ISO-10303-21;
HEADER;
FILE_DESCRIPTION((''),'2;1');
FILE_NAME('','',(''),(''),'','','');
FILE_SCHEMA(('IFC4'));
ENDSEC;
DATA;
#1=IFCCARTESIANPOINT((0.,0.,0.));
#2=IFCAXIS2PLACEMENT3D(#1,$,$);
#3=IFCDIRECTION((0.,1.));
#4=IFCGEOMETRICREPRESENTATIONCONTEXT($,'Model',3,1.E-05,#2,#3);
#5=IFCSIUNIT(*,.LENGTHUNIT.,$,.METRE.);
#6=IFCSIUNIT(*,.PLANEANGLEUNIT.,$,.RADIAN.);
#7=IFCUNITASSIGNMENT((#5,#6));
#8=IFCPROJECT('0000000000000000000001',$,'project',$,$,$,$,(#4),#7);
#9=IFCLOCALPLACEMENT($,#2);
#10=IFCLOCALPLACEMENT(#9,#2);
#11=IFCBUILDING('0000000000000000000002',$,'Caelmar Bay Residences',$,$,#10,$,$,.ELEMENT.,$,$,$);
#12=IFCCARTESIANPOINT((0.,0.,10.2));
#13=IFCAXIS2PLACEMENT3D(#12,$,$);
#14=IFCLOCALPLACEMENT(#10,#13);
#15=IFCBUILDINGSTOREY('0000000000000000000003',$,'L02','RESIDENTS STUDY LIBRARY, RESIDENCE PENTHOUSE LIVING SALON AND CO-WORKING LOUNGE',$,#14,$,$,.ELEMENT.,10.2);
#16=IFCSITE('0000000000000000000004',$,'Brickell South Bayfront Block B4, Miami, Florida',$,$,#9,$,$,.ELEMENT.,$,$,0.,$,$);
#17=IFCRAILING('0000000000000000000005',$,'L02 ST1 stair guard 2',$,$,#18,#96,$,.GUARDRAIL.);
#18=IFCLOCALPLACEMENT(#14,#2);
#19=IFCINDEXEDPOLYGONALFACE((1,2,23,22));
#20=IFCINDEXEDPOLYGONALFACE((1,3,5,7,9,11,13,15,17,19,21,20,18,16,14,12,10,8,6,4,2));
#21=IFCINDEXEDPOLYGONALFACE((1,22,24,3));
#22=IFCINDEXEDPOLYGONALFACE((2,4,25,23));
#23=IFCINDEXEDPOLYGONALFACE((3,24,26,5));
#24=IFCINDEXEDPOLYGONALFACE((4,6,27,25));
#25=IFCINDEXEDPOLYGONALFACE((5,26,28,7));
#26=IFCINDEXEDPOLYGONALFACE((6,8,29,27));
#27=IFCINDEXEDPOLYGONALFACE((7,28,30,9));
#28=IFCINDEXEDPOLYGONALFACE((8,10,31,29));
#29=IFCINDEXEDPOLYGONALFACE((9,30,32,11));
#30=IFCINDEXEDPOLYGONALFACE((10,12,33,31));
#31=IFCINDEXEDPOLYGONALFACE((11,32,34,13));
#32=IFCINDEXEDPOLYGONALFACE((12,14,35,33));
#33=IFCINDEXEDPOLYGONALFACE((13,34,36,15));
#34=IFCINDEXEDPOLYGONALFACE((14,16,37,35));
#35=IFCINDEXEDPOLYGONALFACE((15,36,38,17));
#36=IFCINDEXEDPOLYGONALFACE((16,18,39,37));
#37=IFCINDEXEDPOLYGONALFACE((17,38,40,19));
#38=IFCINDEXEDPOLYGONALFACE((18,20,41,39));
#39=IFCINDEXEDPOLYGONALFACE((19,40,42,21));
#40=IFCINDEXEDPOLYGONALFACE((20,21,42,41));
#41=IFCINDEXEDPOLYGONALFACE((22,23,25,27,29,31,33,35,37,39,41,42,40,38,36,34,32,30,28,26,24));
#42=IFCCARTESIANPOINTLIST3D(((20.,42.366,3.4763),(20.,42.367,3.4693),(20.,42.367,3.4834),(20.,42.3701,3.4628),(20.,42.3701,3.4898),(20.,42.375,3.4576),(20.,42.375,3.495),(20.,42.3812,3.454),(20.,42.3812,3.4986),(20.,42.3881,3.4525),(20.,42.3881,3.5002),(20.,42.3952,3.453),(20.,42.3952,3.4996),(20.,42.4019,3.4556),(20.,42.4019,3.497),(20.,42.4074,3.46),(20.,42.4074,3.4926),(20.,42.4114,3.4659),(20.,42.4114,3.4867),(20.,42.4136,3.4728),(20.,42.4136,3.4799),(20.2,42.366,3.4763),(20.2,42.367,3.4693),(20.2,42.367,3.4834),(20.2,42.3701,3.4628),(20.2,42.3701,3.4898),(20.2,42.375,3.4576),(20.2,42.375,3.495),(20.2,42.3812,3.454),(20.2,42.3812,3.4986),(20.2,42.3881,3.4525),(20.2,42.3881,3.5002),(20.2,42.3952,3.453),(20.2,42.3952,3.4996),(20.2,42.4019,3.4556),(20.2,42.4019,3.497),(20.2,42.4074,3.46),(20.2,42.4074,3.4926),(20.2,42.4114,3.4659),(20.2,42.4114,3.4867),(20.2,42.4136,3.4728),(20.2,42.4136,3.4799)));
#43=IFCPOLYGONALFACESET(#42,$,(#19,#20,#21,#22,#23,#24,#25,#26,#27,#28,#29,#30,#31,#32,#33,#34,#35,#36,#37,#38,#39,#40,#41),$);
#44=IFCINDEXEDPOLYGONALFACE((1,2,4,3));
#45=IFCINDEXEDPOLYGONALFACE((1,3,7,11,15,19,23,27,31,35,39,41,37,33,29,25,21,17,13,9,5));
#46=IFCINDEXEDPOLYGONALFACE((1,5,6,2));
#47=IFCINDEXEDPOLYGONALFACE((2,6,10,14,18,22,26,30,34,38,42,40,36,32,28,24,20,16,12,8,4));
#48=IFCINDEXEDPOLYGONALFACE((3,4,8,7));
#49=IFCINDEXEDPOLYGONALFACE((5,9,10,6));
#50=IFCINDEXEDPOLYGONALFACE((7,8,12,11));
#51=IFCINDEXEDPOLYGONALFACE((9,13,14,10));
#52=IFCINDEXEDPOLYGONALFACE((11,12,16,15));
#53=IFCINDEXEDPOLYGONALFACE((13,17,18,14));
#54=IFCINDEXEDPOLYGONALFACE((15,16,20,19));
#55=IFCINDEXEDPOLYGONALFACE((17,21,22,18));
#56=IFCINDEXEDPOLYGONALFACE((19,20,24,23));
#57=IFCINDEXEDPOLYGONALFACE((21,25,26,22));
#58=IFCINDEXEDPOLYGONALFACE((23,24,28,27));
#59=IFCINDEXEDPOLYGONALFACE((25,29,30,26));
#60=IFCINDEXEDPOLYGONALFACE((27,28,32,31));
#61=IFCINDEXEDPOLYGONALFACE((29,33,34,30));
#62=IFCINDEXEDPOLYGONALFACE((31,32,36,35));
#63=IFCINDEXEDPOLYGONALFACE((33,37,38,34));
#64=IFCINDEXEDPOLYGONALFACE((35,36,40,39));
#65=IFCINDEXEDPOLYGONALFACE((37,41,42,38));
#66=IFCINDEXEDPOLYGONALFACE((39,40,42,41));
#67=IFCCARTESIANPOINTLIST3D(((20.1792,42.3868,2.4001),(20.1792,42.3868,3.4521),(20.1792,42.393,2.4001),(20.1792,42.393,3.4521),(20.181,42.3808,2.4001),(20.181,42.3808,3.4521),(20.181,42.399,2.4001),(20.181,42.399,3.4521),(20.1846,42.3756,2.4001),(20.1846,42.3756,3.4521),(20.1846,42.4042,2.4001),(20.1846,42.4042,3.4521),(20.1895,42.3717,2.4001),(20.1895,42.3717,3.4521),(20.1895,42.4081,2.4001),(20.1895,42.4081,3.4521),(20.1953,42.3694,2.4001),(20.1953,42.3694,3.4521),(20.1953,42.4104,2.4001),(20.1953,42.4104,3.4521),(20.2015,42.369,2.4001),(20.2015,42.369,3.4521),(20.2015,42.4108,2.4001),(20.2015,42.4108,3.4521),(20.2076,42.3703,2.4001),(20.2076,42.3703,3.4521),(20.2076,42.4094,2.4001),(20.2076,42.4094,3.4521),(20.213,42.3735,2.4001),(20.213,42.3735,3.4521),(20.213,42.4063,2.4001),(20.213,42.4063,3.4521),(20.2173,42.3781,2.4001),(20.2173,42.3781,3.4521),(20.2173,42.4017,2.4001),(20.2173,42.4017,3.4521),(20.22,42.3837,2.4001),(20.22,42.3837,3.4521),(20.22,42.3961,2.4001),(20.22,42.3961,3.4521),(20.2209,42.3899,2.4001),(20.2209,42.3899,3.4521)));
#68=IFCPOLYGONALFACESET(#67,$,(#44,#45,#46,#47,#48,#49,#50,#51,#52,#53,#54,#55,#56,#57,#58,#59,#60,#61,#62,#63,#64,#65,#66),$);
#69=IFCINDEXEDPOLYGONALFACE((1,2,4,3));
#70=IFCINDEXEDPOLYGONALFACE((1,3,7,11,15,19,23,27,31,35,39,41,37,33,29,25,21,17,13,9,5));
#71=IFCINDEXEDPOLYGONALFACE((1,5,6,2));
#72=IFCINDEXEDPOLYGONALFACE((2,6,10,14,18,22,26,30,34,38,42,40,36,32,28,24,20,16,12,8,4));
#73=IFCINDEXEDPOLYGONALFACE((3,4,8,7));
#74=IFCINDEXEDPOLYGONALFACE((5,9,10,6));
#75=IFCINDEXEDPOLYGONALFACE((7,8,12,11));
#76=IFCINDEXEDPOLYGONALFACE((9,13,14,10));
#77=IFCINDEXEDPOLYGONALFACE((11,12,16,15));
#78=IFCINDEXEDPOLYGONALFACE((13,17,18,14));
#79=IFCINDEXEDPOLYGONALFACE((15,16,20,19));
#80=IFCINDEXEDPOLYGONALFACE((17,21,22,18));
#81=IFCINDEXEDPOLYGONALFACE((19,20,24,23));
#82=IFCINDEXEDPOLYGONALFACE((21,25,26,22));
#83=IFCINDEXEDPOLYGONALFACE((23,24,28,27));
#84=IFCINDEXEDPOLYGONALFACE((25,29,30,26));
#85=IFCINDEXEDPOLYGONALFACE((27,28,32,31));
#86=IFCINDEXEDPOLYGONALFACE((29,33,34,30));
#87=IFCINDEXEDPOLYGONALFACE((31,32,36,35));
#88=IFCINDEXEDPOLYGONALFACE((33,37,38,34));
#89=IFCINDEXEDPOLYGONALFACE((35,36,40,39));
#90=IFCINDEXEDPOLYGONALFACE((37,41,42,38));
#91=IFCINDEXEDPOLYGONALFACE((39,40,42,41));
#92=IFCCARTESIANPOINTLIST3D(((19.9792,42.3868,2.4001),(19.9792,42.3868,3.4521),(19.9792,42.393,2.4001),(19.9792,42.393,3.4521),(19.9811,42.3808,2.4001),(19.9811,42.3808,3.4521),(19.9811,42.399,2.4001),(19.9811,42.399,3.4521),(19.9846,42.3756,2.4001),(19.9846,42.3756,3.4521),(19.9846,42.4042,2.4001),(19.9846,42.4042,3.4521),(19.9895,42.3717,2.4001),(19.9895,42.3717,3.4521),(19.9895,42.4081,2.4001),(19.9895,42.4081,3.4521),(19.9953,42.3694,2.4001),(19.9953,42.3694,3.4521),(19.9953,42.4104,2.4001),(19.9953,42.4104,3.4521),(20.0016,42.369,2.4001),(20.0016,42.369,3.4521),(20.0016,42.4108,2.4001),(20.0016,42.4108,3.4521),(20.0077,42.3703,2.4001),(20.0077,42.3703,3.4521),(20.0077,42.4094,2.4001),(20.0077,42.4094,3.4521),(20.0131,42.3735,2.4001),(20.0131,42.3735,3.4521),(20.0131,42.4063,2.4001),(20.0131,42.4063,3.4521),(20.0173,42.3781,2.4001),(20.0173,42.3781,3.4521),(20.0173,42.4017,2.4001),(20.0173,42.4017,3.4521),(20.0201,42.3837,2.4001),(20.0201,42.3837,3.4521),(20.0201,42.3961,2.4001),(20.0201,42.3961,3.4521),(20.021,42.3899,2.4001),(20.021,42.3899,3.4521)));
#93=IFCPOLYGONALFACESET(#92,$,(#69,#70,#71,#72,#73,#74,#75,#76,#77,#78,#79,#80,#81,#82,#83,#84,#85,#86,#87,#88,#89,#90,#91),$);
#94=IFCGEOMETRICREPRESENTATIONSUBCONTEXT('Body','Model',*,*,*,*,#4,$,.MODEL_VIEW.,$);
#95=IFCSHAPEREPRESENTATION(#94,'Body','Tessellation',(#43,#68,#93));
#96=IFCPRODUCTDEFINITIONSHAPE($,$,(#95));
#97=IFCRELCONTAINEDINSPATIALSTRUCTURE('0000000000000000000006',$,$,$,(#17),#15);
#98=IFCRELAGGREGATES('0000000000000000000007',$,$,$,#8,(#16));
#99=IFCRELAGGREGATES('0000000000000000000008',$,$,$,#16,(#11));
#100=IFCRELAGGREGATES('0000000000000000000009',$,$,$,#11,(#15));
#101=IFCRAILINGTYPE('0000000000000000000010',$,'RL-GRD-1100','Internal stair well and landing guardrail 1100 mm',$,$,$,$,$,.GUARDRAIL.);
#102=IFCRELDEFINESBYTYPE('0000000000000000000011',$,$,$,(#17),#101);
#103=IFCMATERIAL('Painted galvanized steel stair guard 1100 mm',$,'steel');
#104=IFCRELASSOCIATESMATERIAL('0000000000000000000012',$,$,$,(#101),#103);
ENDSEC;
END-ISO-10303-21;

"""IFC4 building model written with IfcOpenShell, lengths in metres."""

from ifc_helpers import new_model, si_unit, direction, frame, origin, origin_2d, place, context, subcontext, project, spatial, circle, extrude, material, type_object, element, save


model = new_model("IFC4")

# Units and contexts
model_context = context("Model", 3, precision=1e-05, world=origin(), true_north=direction((0.0, 1.0)))
body_context = subcontext(model_context, "Body", "Model", "MODEL_VIEW")
ifc_project = project(units=[si_unit("LENGTHUNIT", "METRE"), si_unit("PLANEANGLEUNIT", "RADIAN")], contexts=[model_context])

# Site, building, storey
site_placement = place(None, origin())
site = spatial("IfcSite", under=ifc_project, at=site_placement, Name="Brickell South Bayfront Block B4, Miami, Florida", CompositionType="ELEMENT", RefElevation=0.0)
building_placement = place(site_placement, origin())
building = spatial("IfcBuilding", under=site, at=building_placement, Name="Caelmar Bay Residences", CompositionType="ELEMENT")
storey_placement = place(building_placement, frame((0.0, 0.0, 10.2)))
storey = spatial("IfcBuildingStorey", under=building, at=storey_placement, Name="L02", Description="RESIDENTS STUDY LIBRARY, RESIDENCE PENTHOUSE LIVING SALON AND CO-WORKING LOUNGE", CompositionType="ELEMENT", Elevation=10.2)

# Railing
ifc_material_1 = material(Name="Painted galvanized steel stair guard 1100 mm", Category="steel")
railing_type_1 = type_object("IfcRailingType", Name="RL-GRD-1100", Description="Internal stair well and landing guardrail 1100 mm", PredefinedType="GUARDRAIL", material=ifc_material_1)
railing_1_placement = place(storey_placement, frame((20.2, 42.3899, 2.4001)))
element("IfcRailing", 1, at=railing_1_placement, inside=storey, type_object=railing_type_1, Name="L02 ST1 stair guard 2", PredefinedType="GUARDRAIL", context=body_context, shape_type="SweptSolid", body=[
    extrude(circle(Radius=0.0239, at=origin_2d()), frame((0.0, 0.0, 1.0762), z_axis=(-1.0, 0.0, 0.0), x_axis=(0.0, -1.0, 0.0)), (0.0, 0.0, 1.0), 0.2),
    extrude(circle(Radius=0.021, at=origin_2d()), origin(), (0.0, 0.0, 1.0), 1.052),
    extrude(circle(Radius=0.021, at=origin_2d()), frame((-0.2, 0.0, 0.0)), (0.0, 0.0, 1.0), 1.052),
])

save(model, "model.ifc")
